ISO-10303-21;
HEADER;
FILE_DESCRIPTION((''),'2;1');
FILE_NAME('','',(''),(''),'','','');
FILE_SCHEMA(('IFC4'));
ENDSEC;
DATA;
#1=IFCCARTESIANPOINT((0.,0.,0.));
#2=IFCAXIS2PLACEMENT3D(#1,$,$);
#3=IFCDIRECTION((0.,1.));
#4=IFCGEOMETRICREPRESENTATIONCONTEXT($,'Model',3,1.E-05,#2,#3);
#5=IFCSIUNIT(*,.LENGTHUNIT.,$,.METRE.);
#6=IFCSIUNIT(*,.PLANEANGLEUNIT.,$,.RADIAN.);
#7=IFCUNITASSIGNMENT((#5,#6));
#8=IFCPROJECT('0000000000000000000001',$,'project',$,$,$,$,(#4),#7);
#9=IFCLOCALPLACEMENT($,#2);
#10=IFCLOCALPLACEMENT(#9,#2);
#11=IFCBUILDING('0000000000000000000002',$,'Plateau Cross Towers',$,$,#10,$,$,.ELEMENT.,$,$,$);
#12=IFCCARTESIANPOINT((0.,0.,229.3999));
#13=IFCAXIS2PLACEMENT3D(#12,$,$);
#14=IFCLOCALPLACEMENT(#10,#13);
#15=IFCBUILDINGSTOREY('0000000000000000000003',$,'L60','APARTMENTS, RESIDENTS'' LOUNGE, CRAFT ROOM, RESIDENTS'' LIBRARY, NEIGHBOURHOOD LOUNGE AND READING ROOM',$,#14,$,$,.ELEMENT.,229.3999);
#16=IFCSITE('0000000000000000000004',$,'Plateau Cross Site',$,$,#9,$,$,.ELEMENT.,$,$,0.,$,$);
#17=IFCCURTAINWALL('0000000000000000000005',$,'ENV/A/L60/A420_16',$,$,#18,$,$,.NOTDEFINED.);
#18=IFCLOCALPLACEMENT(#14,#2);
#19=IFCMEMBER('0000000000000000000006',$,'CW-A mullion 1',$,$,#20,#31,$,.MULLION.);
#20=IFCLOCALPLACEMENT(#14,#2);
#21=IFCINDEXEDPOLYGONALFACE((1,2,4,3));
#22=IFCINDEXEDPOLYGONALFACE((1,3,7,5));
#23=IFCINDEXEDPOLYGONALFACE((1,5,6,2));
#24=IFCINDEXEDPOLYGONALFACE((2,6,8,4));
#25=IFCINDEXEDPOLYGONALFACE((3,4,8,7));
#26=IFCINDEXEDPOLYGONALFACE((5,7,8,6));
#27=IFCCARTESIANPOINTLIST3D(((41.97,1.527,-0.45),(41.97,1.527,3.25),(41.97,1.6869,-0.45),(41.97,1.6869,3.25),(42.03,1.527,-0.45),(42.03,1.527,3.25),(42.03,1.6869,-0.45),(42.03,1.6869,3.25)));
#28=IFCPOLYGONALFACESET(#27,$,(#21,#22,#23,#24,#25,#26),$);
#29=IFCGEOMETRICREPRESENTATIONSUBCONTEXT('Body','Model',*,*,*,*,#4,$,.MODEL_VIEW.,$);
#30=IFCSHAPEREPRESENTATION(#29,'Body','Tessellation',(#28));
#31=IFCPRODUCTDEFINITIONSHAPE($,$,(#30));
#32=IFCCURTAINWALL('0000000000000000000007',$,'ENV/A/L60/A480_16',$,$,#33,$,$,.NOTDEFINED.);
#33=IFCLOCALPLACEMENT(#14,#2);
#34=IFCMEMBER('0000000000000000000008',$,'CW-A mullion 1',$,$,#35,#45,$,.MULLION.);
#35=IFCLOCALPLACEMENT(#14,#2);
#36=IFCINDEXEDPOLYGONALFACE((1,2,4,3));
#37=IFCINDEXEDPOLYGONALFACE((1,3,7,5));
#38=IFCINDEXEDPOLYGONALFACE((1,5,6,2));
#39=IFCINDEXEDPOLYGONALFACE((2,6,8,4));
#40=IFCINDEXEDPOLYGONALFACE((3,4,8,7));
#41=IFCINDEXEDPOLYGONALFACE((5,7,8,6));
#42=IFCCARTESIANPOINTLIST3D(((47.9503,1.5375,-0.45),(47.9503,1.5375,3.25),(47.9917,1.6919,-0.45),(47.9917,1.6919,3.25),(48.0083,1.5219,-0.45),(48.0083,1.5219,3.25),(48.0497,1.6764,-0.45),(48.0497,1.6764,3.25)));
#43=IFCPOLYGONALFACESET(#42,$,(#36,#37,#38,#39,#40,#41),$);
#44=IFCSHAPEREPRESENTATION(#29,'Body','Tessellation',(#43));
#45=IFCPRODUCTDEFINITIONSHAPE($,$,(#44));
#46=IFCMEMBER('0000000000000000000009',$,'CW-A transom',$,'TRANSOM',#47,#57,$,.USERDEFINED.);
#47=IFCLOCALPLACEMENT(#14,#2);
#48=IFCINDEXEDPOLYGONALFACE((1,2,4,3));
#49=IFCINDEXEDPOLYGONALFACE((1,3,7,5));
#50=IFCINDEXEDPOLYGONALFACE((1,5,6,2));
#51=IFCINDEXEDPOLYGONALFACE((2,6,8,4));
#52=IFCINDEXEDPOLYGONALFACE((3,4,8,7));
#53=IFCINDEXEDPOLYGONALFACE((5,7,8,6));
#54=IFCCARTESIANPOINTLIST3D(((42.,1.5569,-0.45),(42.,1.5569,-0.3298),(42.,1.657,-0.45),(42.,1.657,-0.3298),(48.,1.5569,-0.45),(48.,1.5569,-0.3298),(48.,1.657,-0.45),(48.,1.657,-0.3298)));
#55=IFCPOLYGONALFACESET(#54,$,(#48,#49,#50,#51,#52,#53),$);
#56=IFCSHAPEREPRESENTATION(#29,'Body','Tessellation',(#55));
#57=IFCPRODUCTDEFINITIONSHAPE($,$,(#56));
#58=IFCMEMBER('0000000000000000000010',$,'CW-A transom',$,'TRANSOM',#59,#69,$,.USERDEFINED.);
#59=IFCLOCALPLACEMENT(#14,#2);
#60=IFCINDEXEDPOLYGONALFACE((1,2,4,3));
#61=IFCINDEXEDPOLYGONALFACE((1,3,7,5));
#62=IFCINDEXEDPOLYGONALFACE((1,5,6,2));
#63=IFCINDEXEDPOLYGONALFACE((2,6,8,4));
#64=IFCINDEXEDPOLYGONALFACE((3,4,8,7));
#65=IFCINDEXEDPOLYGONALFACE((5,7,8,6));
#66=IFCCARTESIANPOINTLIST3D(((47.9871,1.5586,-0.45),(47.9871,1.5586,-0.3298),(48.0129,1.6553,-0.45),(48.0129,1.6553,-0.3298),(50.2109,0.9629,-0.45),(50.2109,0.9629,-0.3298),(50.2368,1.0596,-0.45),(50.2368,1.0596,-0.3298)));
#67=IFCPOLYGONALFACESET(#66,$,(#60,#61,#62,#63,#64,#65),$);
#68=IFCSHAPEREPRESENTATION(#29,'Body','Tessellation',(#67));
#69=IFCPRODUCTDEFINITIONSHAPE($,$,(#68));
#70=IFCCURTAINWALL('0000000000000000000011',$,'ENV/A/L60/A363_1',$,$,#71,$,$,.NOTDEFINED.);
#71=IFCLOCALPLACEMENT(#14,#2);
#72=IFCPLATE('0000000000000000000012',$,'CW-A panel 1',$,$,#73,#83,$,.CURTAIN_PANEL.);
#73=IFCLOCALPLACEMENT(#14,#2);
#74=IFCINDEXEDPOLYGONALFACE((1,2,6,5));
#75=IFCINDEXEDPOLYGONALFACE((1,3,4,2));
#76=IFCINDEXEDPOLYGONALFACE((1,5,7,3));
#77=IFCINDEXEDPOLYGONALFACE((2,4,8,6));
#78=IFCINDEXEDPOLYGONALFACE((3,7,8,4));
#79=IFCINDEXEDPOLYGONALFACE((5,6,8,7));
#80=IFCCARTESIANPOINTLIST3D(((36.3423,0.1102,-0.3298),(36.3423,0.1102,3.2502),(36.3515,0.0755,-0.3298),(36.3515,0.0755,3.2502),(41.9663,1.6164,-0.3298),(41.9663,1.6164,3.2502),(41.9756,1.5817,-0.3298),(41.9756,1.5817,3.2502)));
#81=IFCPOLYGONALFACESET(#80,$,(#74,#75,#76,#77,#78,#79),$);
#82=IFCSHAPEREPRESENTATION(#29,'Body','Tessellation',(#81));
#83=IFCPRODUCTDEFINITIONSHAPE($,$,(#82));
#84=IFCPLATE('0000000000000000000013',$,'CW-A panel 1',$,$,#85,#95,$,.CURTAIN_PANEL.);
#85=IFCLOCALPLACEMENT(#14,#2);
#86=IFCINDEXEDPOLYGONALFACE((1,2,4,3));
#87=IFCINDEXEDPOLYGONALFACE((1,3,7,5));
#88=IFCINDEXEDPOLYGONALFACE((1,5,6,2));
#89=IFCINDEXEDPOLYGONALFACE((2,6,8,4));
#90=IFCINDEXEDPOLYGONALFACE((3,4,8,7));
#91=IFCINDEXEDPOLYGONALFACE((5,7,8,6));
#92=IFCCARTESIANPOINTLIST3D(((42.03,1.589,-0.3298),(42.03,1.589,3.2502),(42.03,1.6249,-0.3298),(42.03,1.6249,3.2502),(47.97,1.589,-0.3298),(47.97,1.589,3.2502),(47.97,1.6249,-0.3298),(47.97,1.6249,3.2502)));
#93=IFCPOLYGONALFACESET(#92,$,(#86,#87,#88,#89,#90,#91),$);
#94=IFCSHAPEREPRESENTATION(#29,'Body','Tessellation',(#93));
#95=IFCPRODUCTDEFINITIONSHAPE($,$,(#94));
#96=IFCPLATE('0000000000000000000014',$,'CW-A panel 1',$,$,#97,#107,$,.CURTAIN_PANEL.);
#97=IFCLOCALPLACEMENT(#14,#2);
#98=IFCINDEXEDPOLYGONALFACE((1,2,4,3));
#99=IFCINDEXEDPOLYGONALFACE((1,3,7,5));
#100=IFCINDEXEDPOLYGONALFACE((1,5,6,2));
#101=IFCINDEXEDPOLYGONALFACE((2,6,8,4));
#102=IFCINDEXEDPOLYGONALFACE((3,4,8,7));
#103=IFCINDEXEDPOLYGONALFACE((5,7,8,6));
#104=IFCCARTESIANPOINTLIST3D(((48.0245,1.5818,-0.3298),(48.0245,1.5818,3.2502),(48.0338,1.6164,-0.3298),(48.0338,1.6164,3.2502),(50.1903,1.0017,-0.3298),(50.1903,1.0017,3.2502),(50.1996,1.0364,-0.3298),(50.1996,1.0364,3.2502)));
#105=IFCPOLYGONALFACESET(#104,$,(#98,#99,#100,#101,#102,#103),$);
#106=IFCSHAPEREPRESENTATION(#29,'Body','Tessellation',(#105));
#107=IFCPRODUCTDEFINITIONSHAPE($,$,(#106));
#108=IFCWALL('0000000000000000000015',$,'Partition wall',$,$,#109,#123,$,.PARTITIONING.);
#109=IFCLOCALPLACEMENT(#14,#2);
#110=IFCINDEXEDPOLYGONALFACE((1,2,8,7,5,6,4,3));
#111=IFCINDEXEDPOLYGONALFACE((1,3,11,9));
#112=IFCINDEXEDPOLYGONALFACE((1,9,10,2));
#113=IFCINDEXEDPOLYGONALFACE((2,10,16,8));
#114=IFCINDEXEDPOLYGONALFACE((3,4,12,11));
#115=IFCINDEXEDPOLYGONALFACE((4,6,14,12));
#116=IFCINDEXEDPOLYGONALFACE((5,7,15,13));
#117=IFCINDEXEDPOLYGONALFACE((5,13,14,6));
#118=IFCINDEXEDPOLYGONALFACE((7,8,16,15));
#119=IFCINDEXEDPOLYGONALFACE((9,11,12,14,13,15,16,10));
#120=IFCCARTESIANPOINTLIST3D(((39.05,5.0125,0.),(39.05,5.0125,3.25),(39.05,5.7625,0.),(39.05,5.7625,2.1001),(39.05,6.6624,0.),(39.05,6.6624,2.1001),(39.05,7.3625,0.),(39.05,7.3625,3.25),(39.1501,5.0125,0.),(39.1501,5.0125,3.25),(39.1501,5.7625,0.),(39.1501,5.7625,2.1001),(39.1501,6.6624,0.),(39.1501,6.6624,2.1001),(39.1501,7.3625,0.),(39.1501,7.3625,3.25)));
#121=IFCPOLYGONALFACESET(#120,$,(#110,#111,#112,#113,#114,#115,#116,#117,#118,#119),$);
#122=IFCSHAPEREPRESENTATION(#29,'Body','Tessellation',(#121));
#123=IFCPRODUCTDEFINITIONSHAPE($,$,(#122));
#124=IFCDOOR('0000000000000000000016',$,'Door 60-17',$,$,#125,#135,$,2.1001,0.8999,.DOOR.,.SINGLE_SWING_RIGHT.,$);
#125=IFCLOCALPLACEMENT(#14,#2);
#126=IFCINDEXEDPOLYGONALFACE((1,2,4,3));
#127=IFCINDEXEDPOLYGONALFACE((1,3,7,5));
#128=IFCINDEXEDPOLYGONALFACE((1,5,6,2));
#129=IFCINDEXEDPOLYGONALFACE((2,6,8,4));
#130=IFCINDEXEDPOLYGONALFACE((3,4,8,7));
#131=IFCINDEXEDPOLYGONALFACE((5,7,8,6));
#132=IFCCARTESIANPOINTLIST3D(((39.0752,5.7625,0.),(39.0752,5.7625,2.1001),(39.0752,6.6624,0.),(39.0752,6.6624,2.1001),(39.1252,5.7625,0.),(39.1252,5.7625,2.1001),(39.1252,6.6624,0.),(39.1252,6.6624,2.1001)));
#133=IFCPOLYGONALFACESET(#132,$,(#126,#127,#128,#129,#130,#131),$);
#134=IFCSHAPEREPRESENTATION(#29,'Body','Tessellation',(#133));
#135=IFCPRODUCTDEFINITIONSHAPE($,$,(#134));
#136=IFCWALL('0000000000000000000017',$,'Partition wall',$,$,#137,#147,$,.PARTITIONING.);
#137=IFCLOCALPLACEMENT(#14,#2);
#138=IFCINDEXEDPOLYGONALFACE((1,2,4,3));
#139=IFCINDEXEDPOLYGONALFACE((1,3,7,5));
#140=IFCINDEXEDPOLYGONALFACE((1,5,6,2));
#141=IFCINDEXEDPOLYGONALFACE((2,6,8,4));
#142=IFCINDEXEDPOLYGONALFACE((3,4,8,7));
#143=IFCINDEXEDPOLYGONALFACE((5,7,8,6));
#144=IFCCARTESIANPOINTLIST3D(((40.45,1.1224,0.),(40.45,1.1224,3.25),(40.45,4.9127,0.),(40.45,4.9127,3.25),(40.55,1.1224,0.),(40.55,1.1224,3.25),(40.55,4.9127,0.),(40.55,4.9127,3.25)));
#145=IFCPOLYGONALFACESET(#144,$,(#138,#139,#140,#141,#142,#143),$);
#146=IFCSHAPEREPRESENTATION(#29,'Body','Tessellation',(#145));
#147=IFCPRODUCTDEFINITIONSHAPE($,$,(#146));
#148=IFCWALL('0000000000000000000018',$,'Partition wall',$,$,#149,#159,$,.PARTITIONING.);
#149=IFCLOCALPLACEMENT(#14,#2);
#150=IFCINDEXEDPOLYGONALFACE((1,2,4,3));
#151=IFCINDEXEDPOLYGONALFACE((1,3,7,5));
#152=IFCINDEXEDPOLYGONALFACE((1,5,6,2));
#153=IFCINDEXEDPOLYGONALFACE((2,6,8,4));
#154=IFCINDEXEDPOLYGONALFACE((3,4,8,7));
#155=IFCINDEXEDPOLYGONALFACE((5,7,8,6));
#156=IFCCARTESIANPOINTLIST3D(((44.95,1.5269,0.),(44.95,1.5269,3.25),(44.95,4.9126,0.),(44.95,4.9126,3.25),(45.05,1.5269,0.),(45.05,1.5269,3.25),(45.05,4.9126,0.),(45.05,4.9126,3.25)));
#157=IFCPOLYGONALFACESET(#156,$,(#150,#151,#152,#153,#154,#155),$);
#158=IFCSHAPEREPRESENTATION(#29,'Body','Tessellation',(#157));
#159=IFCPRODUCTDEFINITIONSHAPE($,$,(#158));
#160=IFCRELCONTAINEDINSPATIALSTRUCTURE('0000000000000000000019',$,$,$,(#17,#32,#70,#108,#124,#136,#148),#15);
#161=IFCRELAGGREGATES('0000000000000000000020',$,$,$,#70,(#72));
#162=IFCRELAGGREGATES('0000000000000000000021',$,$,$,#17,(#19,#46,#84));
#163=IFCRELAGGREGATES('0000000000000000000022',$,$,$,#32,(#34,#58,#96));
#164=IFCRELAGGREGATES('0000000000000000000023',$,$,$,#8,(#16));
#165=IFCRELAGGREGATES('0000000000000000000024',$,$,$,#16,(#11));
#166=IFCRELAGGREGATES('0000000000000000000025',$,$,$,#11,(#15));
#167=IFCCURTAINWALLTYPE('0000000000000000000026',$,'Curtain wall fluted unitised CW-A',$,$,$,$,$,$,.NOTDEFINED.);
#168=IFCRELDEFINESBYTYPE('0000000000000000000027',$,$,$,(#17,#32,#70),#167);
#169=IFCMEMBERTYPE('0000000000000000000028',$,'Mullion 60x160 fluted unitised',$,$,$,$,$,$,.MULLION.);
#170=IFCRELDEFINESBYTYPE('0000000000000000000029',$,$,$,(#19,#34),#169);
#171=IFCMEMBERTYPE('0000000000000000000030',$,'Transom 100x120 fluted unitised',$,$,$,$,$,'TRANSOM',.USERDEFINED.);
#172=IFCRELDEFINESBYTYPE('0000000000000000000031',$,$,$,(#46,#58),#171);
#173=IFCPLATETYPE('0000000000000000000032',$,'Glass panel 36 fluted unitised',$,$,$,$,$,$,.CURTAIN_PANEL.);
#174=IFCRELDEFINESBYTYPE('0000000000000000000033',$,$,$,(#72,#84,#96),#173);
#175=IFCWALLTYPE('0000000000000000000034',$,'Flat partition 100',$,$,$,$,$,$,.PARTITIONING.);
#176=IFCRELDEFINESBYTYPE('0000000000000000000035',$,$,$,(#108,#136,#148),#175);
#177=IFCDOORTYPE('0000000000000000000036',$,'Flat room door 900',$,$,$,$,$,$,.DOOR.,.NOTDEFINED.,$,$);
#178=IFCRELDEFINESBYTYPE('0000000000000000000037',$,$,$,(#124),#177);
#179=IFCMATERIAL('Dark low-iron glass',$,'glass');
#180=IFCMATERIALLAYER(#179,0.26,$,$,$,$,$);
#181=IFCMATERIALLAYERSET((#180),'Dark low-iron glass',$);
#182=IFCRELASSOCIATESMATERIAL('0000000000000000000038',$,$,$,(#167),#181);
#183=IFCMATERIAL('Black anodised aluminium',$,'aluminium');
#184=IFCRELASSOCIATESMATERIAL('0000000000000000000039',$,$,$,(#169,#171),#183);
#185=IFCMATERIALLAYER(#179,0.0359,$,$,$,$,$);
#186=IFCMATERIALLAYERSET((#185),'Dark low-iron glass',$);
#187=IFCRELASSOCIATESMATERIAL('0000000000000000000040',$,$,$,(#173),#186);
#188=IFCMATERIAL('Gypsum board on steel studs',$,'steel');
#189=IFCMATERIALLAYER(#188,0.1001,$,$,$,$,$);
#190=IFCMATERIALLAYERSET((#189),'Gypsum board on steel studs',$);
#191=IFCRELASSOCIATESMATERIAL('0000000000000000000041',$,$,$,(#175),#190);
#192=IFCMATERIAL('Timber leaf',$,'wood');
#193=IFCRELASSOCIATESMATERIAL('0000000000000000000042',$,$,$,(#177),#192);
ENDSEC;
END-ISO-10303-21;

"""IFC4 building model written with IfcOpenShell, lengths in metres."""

from ifc_helpers import new_model, si_unit, direction, frame, frame_2d, origin, origin_2d, place, context, subcontext, project, spatial, rectangle, extrude, material, layer, layer_set, material_profile, profile_set, type_object, element, fill, aggregate, save


model = new_model("IFC4")

# Units and contexts
model_context = context("Model", 3, precision=1e-05, world=origin(), true_north=direction((0.0, 1.0)))
body_context = subcontext(model_context, "Body", "Model", "MODEL_VIEW")
ifc_project = project(units=[si_unit("LENGTHUNIT", "METRE"), si_unit("PLANEANGLEUNIT", "RADIAN")], contexts=[model_context])

# Site, building, storey
site_placement = place(None, origin())
site = spatial("IfcSite", under=ifc_project, at=site_placement, Name="Plateau Cross Site", CompositionType="ELEMENT", RefElevation=0.0)
building_placement = place(site_placement, origin())
building = spatial("IfcBuilding", under=site, at=building_placement, Name="Plateau Cross Towers", CompositionType="ELEMENT")
storey_placement = place(building_placement, frame((0.0, 0.0, 229.3999)))
storey = spatial("IfcBuildingStorey", under=building, at=storey_placement, Name="L60", Description="APARTMENTS, RESIDENTS' LOUNGE, CRAFT ROOM, RESIDENTS' LIBRARY, NEIGHBOURHOOD LOUNGE AND READING ROOM", CompositionType="ELEMENT", Elevation=229.3999)

# Curtain walls, members
ifc_material_1 = material(Name="Dark low-iron glass", Category="glass")
ifc_layer_1 = layer(ifc_material_1, 0.26)
ifc_layer_set_1 = layer_set([ifc_layer_1], Name="Dark low-iron glass")
curtain_wall_type = type_object("IfcCurtainWallType", Name="Curtain wall fluted unitised CW-A", PredefinedType="NOTDEFINED", material=ifc_layer_set_1)
curtain_wall_1_placement = place(storey_placement, origin())
curtain_wall_1 = element("IfcCurtainWall", 1, at=curtain_wall_1_placement, inside=storey, type_object=curtain_wall_type, Name="ENV/A/L60/A420_16", PredefinedType="NOTDEFINED")
ifc_material_2 = material(Name="Black anodised aluminium", Category="aluminium")
ifc_material_profile_1 = material_profile(ifc_material_2, rectangle(XDim=0.0601, YDim=0.1599, at=origin_2d()), Name="MULLION 60x160")
ifc_profile_set_1 = profile_set([ifc_material_profile_1], Name="Black anodised aluminium")
member_type_1 = type_object("IfcMemberType", Name="Mullion 60x160 fluted unitised", PredefinedType="MULLION", material=ifc_profile_set_1)
member_1_placement = place(storey_placement, frame((42.0, 1.6069, -0.45), z_axis=(0.0, 0.0, 1.0), x_axis=(1.0, 0.0, 0.0)))
member_1 = element("IfcMember", 2, at=member_1_placement, type_object=member_type_1, Name="CW-A mullion 1", PredefinedType="MULLION", context=body_context, shape_type="SweptSolid", body=[
    extrude(rectangle(XDim=0.0601, YDim=0.1599, at=origin_2d()), origin(), (0.0, 0.0, 1.0), 3.7),
])
curtain_wall_2_placement = place(storey_placement, origin())
curtain_wall_2 = element("IfcCurtainWall", 3, at=curtain_wall_2_placement, inside=storey, type_object=curtain_wall_type, Name="ENV/A/L60/A480_16", PredefinedType="NOTDEFINED")
member_2_placement = place(storey_placement, frame((48.0, 1.6069, -0.45), z_axis=(0.0, 0.0, 1.0), x_axis=(0.965958, -0.258699, 0.0)))
member_2 = element("IfcMember", 4, at=member_2_placement, type_object=member_type_1, Name="CW-A mullion 1", PredefinedType="MULLION", context=body_context, shape_type="SweptSolid", body=[
    extrude(rectangle(XDim=0.0601, YDim=0.1599, at=origin_2d()), origin(), (0.0, 0.0, 1.0), 3.7),
])

# Members
ifc_material_profile_2 = material_profile(ifc_material_2, rectangle(XDim=0.1001, YDim=0.1201, at=origin_2d()), Name="TRANSOM 100x120")
ifc_profile_set_2 = profile_set([ifc_material_profile_2], Name="Black anodised aluminium")
member_type_2 = type_object("IfcMemberType", Name="Transom 100x120 fluted unitised", ElementType="TRANSOM", PredefinedType="USERDEFINED", material=ifc_profile_set_2)
member_3_placement = place(storey_placement, frame((42.0, 1.6069, -0.3899), z_axis=(1.0, 0.0, 0.0), x_axis=(0.0, 1.0, 0.0)))
member_3 = element("IfcMember", 5, at=member_3_placement, type_object=member_type_2, Name="CW-A transom", ObjectType="TRANSOM", PredefinedType="USERDEFINED", context=body_context, shape_type="SweptSolid", body=[
    extrude(rectangle(XDim=0.1001, YDim=0.1201, at=origin_2d()), origin(), (0.0, 0.0, 1.0), 6.0),
])
member_4_placement = place(storey_placement, frame((48.0, 1.6069, -0.3899), z_axis=(0.965946, -0.258745, 0.0), x_axis=(0.258745, 0.965946, 0.0)))
member_4 = element("IfcMember", 6, at=member_4_placement, type_object=member_type_2, Name="CW-A transom", ObjectType="TRANSOM", PredefinedType="USERDEFINED", context=body_context, shape_type="SweptSolid", body=[
    extrude(rectangle(XDim=0.1001, YDim=0.1201, at=origin_2d()), origin(), (0.0, 0.0, 1.0), 2.3022),
])

# Curtain wall, plate
curtain_wall_3_placement = place(storey_placement, origin())
curtain_wall_3 = element("IfcCurtainWall", 7, at=curtain_wall_3_placement, inside=storey, type_object=curtain_wall_type, Name="ENV/A/L60/A363_1", PredefinedType="NOTDEFINED")
ifc_layer_2 = layer(ifc_material_1, 0.0359)
ifc_layer_set_2 = layer_set([ifc_layer_2], Name="Dark low-iron glass")
plate_type = type_object("IfcPlateType", Name="Glass panel 36 fluted unitised", PredefinedType="CURTAIN_PANEL", material=ifc_layer_set_2)
plate_1_placement = place(storey_placement, frame((39.1589, 0.8459, -0.3298), z_axis=(0.0, 0.0, 1.0), x_axis=(0.965958, 0.258699, 0.0)))
plate_1 = element("IfcPlate", 8, at=plate_1_placement, type_object=plate_type, Name="CW-A panel 1", PredefinedType="CURTAIN_PANEL", context=body_context, shape_type="SweptSolid", body=[
    extrude(rectangle(XDim=5.8223, YDim=0.0359, at=origin_2d()), origin(), (0.0, 0.0, 1.0), 3.5801),
])
aggregate(curtain_wall_3, [plate_1])

# Plates
plate_2_placement = place(storey_placement, frame((45.0, 1.6069, -0.3298), z_axis=(0.0, 0.0, 1.0), x_axis=(1.0, 0.0, 0.0)))
plate_2 = element("IfcPlate", 9, at=plate_2_placement, type_object=plate_type, Name="CW-A panel 1", PredefinedType="CURTAIN_PANEL", context=body_context, shape_type="SweptSolid", body=[
    extrude(rectangle(XDim=5.9399, YDim=0.0359, at=origin_2d()), origin(), (0.0, 0.0, 1.0), 3.5801),
])
aggregate(curtain_wall_1, [member_1, member_3, plate_2])
plate_3_placement = place(storey_placement, frame((49.1121, 1.3091, -0.3298), z_axis=(0.0, 0.0, 1.0), x_axis=(0.965958, -0.258699, 0.0)))
plate_3 = element("IfcPlate", 10, at=plate_3_placement, type_object=plate_type, Name="CW-A panel 1", PredefinedType="CURTAIN_PANEL", context=body_context, shape_type="SweptSolid", body=[
    extrude(rectangle(XDim=2.2422, YDim=0.0359, at=origin_2d()), origin(), (0.0, 0.0, 1.0), 3.5801),
])
aggregate(curtain_wall_2, [member_2, member_4, plate_3])

# Wall, opening, door
ifc_material_3 = material(Name="Gypsum board on steel studs", Category="steel")
ifc_layer_3 = layer(ifc_material_3, 0.1001)
ifc_layer_set_3 = layer_set([ifc_layer_3], Name="Gypsum board on steel studs")
wall_type_1 = type_object("IfcWallType", Name="Flat partition 100", PredefinedType="PARTITIONING", material=ifc_layer_set_3)
wall_1_placement = place(storey_placement, frame((39.1001, 5.0125, 0.0), z_axis=(0.0, 0.0, 1.0), x_axis=(0.0, 1.0, 0.0)))
wall_1 = element("IfcWall", 11, at=wall_1_placement, inside=storey, type_object=wall_type_1, Name="Partition wall", PredefinedType="PARTITIONING", context=body_context, shape_type="SweptSolid", body=[
    extrude(rectangle(XDim=2.3501, YDim=0.1001, at=frame_2d((1.175, 0.0))), origin(), (0.0, 0.0, 1.0), 3.25),
])
opening_1_placement = place(wall_1_placement, frame((0.75, 0.0, 0.0)))
opening_1 = element("IfcOpeningElement", 12, at=opening_1_placement, cuts=wall_1, PredefinedType="OPENING", context=body_context, shape_type="SweptSolid", body=[
    extrude(rectangle(XDim=0.8999, YDim=2.1001, at=frame_2d((0.45, 1.05))), frame((0.0, 0.0601, 0.0), z_axis=(0.0, -1.0, 0.0), x_axis=(1.0, 0.0, 0.0)), (0.0, 0.0, 1.0), 0.1201),
])
ifc_material_4 = material(Name="Timber leaf", Category="wood")
door_type_1 = type_object("IfcDoorType", Name="Flat room door 900", OperationType="NOTDEFINED", PredefinedType="DOOR", material=ifc_material_4)
door_1_placement = place(opening_1_placement, origin())
door_1 = element("IfcDoor", 13, at=door_1_placement, inside=storey, type_object=door_type_1, Name="Door 60-17", OperationType="SINGLE_SWING_RIGHT", OverallHeight=2.1001, OverallWidth=0.8999, PredefinedType="DOOR", context=body_context, shape_type="SweptSolid", body=[
    extrude(rectangle(XDim=0.8999, YDim=2.1001, at=frame_2d((0.45, 1.05))), frame((0.0, 0.0249, 0.0), z_axis=(0.0, -1.0, 0.0), x_axis=(1.0, 0.0, 0.0)), (0.0, 0.0, 1.0), 0.05),
])
fill(opening_1, door_1)

# Walls
wall_2_placement = place(storey_placement, frame((40.5, 4.9126, 0.0), z_axis=(0.0, 0.0, 1.0), x_axis=(0.0, -1.0, 0.0)))
element("IfcWall", 14, at=wall_2_placement, inside=storey, type_object=wall_type_1, Name="Partition wall", PredefinedType="PARTITIONING", context=body_context, shape_type="SweptSolid", body=[
    extrude(rectangle(XDim=3.7903, YDim=0.1001, at=frame_2d((1.895, 0.0))), origin(), (0.0, 0.0, 1.0), 3.25),
])
wall_3_placement = place(storey_placement, frame((45.0, 1.5269, 0.0), z_axis=(0.0, 0.0, 1.0), x_axis=(0.0, 1.0, 0.0)))
element("IfcWall", 15, at=wall_3_placement, inside=storey, type_object=wall_type_1, Name="Partition wall", PredefinedType="PARTITIONING", context=body_context, shape_type="SweptSolid", body=[
    extrude(rectangle(XDim=3.3857, YDim=0.1001, at=frame_2d((1.6929, 0.0))), origin(), (0.0, 0.0, 1.0), 3.25),
])

save(model, "model.ifc")
